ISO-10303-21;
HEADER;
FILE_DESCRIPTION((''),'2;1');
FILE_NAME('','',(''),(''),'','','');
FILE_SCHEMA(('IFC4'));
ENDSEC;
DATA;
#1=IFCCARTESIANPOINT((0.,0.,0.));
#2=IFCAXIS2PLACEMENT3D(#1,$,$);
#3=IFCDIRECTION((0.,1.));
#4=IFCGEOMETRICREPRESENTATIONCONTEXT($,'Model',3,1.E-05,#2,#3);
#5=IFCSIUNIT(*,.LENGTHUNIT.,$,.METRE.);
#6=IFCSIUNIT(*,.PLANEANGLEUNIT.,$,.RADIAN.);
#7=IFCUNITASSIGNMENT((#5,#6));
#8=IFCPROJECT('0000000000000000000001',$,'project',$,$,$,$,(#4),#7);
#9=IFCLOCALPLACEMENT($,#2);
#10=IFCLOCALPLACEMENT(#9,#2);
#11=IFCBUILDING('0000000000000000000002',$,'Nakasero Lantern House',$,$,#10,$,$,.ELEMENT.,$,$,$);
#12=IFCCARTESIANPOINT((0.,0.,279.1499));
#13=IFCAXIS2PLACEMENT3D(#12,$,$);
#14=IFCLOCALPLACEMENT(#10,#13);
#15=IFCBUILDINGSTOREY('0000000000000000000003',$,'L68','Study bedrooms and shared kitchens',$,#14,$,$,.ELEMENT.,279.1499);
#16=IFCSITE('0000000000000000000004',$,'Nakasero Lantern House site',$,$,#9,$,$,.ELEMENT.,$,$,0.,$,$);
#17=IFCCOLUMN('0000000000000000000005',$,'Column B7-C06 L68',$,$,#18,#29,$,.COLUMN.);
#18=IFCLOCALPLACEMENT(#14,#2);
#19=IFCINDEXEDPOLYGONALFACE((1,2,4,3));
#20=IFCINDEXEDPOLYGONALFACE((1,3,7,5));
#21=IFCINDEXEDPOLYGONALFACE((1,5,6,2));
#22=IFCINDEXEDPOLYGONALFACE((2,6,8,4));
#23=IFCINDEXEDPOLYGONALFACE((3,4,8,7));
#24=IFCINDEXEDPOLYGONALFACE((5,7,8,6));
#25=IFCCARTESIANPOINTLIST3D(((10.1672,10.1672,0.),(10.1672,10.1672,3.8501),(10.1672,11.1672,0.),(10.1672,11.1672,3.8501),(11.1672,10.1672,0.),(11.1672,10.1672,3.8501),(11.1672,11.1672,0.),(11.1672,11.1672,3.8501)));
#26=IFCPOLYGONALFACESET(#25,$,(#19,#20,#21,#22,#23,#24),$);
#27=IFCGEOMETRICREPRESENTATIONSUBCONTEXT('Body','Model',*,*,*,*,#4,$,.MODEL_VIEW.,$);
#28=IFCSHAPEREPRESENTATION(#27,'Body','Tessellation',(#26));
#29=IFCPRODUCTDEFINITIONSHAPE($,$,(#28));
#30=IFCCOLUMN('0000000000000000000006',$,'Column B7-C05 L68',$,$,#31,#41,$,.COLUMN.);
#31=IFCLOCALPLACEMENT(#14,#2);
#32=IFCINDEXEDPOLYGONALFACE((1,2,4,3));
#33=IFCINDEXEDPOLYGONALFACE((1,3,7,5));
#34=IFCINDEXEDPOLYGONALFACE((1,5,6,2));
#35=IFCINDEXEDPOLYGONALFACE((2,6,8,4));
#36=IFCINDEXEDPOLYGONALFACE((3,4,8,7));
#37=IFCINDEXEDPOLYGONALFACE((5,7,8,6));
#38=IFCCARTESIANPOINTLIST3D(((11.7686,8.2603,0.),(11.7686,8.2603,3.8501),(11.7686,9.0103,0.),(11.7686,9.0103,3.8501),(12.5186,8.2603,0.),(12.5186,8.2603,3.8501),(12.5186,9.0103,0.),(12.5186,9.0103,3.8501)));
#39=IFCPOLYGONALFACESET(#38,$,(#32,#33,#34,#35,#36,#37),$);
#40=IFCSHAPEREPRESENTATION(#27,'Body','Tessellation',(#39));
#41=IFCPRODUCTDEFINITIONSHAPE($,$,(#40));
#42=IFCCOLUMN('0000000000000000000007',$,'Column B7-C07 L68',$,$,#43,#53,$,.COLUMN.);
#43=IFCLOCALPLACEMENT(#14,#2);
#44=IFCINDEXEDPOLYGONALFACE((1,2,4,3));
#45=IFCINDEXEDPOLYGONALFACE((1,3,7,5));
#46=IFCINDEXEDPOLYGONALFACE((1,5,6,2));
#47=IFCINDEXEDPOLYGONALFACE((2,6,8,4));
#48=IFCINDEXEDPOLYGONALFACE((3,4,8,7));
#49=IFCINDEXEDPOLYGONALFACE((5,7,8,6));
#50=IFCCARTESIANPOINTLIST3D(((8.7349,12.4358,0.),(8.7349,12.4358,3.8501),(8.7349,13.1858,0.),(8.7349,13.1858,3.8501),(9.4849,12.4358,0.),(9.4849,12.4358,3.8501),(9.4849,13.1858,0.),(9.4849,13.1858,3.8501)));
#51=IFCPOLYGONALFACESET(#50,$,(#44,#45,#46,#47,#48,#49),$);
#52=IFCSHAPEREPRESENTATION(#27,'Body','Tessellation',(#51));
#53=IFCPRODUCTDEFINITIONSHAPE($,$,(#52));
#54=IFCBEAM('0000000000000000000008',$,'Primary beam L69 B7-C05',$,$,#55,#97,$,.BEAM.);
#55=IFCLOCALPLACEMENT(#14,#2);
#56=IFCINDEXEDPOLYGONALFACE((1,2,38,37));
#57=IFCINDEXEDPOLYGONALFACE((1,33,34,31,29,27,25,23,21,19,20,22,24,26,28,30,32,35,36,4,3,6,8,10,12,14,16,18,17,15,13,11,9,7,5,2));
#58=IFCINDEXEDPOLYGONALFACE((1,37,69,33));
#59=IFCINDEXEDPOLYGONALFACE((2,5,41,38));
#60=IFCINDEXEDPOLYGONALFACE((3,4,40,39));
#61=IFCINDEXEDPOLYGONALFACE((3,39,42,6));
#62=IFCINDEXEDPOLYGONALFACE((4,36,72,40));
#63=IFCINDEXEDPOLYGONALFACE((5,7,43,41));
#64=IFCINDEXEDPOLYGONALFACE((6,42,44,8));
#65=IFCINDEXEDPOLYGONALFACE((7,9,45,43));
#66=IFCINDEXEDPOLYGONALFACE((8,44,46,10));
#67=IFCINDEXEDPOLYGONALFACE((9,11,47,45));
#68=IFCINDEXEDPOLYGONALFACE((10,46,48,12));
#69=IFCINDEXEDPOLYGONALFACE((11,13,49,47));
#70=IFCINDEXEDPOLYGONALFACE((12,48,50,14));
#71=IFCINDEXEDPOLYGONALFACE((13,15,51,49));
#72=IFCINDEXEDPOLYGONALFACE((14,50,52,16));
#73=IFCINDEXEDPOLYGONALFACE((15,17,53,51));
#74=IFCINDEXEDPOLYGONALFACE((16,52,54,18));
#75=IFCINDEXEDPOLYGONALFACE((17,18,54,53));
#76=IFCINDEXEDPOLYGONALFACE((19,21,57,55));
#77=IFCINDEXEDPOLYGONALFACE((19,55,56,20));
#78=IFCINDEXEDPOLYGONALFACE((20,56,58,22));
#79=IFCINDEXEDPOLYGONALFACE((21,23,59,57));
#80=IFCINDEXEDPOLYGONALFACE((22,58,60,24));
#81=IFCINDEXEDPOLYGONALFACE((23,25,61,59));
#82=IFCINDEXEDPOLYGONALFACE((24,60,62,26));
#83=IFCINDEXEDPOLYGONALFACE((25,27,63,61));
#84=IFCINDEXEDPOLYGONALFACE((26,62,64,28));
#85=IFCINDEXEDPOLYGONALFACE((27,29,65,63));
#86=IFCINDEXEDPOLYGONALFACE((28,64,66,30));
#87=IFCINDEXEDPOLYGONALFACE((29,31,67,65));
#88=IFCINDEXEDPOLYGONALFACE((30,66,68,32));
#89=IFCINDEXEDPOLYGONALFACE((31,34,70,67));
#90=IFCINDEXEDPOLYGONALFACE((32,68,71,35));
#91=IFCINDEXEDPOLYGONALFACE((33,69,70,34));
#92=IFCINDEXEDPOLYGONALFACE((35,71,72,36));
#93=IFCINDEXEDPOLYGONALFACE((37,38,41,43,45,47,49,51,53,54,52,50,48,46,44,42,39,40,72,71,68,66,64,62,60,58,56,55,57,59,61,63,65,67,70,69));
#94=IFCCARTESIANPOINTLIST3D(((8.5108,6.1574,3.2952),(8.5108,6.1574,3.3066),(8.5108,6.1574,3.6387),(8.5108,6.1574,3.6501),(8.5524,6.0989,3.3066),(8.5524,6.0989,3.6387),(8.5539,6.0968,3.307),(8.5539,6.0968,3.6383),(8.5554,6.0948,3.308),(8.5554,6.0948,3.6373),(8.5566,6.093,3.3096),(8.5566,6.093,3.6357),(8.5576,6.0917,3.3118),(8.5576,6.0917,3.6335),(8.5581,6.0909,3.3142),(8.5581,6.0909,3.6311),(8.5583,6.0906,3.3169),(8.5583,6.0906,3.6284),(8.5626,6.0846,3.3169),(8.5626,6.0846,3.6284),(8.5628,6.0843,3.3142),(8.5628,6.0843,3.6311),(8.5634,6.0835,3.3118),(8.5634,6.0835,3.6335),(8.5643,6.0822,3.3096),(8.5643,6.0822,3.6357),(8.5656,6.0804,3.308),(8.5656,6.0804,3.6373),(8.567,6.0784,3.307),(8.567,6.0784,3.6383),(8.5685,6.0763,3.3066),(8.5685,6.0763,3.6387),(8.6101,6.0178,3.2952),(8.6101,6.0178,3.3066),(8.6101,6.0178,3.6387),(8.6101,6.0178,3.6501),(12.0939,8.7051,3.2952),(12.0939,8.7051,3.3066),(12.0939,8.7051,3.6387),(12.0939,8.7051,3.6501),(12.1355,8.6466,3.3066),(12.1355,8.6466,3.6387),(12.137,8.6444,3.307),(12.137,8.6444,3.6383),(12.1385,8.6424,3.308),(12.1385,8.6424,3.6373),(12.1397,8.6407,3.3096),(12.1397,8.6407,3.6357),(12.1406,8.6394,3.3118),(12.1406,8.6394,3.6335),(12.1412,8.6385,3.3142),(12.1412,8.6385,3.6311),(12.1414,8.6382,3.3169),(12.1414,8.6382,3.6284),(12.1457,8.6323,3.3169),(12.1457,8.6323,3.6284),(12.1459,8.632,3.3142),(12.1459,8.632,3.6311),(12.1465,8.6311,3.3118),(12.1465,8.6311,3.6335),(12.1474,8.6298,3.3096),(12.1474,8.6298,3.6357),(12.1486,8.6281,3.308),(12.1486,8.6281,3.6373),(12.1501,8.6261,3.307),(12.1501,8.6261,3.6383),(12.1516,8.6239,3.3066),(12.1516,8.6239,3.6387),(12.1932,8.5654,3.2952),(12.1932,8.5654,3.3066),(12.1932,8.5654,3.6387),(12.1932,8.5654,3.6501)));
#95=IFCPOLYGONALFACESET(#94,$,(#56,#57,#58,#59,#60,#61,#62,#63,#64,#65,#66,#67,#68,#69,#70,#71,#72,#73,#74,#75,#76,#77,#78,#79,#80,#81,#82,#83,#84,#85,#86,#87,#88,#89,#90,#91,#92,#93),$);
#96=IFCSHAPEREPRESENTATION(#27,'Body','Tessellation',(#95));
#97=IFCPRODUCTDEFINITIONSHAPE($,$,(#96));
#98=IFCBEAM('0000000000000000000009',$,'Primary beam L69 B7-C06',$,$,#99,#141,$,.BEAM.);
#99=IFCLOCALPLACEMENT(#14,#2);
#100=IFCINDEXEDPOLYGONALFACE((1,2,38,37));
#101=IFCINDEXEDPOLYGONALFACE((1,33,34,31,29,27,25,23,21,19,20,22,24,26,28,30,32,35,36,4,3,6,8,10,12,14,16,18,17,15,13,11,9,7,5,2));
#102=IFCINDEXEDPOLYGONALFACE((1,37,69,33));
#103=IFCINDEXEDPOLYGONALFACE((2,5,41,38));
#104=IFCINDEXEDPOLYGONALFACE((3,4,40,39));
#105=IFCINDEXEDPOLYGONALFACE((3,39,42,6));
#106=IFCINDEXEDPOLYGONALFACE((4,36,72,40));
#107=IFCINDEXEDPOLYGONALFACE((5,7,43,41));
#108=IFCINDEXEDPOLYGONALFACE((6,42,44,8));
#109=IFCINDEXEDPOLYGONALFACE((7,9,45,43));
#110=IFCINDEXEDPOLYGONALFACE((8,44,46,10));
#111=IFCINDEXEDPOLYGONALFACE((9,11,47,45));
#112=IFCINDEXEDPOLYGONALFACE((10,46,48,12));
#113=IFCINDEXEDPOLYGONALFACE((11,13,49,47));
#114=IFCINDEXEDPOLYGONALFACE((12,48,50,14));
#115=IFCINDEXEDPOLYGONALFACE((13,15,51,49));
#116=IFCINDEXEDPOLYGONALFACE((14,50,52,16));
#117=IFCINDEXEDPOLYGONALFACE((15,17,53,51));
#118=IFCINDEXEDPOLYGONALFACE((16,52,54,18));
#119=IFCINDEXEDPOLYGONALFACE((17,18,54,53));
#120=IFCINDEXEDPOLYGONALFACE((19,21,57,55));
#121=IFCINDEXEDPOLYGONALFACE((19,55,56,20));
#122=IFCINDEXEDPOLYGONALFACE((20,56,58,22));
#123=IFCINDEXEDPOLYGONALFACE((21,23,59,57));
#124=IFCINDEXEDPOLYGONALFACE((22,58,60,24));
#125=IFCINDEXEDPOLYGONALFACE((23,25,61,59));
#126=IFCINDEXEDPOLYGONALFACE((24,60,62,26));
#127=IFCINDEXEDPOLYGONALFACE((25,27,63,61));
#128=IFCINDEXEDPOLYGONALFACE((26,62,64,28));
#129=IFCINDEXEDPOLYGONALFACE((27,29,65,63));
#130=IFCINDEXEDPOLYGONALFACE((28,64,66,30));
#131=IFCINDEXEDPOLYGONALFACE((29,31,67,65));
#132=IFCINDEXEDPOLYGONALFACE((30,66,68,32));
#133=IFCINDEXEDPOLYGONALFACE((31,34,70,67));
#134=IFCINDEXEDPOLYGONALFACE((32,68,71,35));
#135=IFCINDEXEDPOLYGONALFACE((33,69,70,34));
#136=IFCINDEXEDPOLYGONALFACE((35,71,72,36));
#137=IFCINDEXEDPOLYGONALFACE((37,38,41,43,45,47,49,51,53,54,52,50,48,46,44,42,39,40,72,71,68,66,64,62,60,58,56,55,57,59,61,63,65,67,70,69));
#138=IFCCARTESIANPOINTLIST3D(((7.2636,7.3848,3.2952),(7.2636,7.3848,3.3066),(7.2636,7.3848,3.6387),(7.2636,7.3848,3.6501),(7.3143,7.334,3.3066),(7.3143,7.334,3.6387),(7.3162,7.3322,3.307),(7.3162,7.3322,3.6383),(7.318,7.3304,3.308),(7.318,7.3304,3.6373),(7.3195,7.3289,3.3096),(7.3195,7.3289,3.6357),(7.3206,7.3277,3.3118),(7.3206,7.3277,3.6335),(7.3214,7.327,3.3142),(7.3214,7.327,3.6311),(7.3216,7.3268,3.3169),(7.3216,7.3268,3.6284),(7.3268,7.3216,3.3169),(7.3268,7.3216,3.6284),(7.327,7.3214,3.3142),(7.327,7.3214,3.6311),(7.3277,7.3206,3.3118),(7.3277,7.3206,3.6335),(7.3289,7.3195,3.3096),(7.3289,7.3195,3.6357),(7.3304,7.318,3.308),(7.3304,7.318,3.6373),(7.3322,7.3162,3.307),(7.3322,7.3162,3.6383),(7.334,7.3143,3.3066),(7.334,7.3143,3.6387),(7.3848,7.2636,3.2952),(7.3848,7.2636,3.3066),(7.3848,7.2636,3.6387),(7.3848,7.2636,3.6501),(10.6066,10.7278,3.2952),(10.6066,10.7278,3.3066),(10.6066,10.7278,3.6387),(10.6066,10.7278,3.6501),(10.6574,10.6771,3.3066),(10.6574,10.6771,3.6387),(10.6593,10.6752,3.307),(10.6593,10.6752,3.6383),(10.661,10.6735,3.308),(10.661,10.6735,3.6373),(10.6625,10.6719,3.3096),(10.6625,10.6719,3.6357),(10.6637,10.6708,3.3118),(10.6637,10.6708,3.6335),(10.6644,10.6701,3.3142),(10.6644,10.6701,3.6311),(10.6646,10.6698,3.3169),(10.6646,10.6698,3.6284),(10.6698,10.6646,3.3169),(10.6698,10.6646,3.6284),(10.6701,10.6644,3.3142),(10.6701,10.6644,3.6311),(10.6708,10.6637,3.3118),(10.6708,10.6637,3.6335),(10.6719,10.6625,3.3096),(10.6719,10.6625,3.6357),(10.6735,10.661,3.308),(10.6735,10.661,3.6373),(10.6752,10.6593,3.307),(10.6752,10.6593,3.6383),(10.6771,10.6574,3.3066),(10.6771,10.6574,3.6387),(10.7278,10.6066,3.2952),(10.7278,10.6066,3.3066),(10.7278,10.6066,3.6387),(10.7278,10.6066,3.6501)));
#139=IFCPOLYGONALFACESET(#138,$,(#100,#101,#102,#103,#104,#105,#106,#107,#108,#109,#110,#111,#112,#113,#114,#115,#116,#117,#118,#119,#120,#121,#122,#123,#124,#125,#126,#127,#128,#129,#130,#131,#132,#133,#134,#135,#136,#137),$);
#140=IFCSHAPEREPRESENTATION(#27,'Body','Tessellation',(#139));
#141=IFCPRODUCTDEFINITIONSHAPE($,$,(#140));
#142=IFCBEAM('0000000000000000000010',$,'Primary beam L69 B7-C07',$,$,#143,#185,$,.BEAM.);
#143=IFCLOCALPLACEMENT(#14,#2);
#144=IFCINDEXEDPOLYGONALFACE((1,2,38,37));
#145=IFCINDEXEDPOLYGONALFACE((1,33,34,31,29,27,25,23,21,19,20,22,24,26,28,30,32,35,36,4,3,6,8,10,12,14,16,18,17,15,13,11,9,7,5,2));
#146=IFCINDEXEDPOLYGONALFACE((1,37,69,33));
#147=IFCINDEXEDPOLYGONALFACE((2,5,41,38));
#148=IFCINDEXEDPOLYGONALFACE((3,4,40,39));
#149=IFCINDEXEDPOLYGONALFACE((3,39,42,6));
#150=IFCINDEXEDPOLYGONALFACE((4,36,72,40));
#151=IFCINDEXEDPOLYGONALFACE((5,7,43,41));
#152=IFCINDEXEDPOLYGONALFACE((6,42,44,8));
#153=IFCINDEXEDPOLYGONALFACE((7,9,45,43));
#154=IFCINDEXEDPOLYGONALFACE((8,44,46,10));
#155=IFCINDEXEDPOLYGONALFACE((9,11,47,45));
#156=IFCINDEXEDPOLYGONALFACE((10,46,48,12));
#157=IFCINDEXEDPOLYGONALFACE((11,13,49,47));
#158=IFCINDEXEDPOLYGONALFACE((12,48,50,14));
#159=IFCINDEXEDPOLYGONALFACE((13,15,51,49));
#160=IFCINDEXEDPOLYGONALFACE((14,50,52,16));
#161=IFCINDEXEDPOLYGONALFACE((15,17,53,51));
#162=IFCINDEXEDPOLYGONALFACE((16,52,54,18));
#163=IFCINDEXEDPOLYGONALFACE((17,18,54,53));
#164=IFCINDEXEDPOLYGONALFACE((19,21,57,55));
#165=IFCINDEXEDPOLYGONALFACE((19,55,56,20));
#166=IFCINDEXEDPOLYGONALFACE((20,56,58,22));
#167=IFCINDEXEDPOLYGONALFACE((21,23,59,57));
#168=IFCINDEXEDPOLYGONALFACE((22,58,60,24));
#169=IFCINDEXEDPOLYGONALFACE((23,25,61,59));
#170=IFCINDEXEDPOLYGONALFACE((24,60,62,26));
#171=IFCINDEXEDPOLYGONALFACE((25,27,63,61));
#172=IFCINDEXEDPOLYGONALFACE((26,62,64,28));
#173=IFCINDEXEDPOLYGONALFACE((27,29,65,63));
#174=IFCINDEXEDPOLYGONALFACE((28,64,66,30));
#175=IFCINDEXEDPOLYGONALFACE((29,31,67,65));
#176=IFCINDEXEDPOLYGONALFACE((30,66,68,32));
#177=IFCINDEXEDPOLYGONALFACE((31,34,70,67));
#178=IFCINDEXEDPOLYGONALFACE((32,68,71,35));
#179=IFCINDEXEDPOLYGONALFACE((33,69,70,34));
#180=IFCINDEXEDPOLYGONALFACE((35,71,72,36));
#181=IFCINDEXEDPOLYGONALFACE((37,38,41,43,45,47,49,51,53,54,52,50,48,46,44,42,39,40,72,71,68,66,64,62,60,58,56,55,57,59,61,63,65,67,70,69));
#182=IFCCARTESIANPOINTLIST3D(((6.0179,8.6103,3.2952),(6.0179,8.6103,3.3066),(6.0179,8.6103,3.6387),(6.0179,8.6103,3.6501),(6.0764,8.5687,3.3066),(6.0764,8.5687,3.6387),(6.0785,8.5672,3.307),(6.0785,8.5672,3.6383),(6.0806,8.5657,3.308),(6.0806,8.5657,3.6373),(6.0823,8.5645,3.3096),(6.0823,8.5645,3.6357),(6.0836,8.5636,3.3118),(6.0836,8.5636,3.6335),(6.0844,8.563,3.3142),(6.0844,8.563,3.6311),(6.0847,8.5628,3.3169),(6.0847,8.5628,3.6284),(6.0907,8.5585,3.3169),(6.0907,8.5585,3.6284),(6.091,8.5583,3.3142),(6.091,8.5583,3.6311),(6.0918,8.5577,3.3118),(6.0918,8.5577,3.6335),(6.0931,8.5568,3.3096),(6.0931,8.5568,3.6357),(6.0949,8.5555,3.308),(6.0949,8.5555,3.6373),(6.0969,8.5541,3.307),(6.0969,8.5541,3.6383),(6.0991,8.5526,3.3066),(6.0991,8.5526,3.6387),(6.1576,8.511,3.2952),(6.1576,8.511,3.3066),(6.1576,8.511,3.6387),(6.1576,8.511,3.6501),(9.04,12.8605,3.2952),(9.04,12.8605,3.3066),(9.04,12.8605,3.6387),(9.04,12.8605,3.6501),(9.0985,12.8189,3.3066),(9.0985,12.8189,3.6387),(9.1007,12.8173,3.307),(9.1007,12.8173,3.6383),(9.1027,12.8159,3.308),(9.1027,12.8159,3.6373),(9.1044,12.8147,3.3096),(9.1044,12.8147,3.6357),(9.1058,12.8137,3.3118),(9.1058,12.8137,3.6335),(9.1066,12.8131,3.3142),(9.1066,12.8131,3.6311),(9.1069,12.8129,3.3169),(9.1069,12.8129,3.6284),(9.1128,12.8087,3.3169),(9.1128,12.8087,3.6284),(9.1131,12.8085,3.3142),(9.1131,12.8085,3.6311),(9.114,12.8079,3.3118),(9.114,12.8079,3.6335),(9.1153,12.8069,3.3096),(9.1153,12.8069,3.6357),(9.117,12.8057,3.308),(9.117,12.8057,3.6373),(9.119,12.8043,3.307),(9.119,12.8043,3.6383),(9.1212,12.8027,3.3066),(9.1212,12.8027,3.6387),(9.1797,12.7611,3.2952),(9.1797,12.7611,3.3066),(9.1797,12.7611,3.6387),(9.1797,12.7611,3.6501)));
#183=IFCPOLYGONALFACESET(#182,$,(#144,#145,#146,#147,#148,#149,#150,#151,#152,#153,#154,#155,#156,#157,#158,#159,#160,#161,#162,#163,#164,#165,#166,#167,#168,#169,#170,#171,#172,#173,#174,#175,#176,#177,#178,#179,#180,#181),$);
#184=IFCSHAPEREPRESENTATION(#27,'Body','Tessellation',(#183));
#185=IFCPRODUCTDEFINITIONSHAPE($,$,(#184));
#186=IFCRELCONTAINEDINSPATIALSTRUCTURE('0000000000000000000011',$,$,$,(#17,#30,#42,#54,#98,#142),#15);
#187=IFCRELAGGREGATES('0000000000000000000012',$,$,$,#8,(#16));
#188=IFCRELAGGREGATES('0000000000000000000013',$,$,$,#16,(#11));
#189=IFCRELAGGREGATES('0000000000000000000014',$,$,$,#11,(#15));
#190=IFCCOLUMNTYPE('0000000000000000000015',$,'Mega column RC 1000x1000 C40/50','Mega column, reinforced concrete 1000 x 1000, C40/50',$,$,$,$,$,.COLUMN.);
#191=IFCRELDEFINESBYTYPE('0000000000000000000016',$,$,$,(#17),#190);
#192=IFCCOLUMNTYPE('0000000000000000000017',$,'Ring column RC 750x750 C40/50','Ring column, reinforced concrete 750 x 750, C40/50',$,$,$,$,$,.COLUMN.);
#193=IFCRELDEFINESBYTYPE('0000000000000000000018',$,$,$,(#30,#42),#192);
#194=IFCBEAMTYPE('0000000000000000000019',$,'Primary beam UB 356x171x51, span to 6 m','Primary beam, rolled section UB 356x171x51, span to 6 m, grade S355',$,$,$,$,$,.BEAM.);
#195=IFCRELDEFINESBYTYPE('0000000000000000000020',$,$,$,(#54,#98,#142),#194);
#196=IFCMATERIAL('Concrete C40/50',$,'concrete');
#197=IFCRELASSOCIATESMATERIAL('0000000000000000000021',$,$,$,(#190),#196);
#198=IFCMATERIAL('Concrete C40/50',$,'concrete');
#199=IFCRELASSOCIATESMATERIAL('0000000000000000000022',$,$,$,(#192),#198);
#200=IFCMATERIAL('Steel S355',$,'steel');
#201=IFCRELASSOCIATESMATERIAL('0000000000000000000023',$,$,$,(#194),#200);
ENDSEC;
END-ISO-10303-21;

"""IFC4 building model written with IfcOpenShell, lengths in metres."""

from ifc_helpers import new_model, si_unit, direction, frame, origin, origin_2d, place, context, subcontext, project, spatial, rectangle, i_section, extrude, material, material_profile, profile_set, type_object, element, save


model = new_model("IFC4")

# Units and contexts
model_context = context("Model", 3, precision=1e-05, world=origin(), true_north=direction((0.0, 1.0)))
body_context = subcontext(model_context, "Body", "Model", "MODEL_VIEW")
ifc_project = project(units=[si_unit("LENGTHUNIT", "METRE"), si_unit("PLANEANGLEUNIT", "RADIAN")], contexts=[model_context])

# Site, building, storey
site_placement = place(None, origin())
site = spatial("IfcSite", under=ifc_project, at=site_placement, Name="Nakasero Lantern House site", CompositionType="ELEMENT", RefElevation=0.0)
building_placement = place(site_placement, origin())
building = spatial("IfcBuilding", under=site, at=building_placement, Name="Nakasero Lantern House", CompositionType="ELEMENT")
storey_placement = place(building_placement, frame((0.0, 0.0, 279.1499)))
storey = spatial("IfcBuildingStorey", under=building, at=storey_placement, Name="L68", Description="Study bedrooms and shared kitchens", CompositionType="ELEMENT", Elevation=279.1499)

# Columns
ifc_material_1 = material(Name="Concrete C40/50", Category="concrete")
ifc_material_profile_1 = material_profile(ifc_material_1, rectangle(XDim=1.0, YDim=1.0, at=origin_2d()), Name="RC 1000x1000")
ifc_profile_set_1 = profile_set([ifc_material_profile_1], Name="Concrete C40/50")
column_type_1 = type_object("IfcColumnType", Name="Mega column RC 1000x1000 C40/50", Description="Mega column, reinforced concrete 1000 x 1000, C40/50", PredefinedType="COLUMN", material=ifc_profile_set_1)
column_placement = place(storey_placement, frame((10.6672, 10.6672, 0.0), z_axis=(0.0, 0.0, 1.0), x_axis=(1.0, 0.0, 0.0)))
element("IfcColumn", 1, at=column_placement, inside=storey, type_object=column_type_1, Name="Column B7-C06 L68", PredefinedType="COLUMN", context=body_context, shape_type="SweptSolid", body=[
    extrude(rectangle(XDim=1.0, YDim=1.0, at=origin_2d()), origin(), (0.0, 0.0, 1.0), 3.8501),
])
ifc_material_2 = material(Name="Concrete C40/50", Category="concrete")
ifc_material_profile_2 = material_profile(ifc_material_2, rectangle(XDim=0.75, YDim=0.75, at=origin_2d()), Name="RC 750x750")
ifc_profile_set_2 = profile_set([ifc_material_profile_2], Name="Concrete C40/50")
column_type_2 = type_object("IfcColumnType", Name="Ring column RC 750x750 C40/50", Description="Ring column, reinforced concrete 750 x 750, C40/50", PredefinedType="COLUMN", material=ifc_profile_set_2)
for number, where, z_axis, x_axis, name in (
    (2, (12.1436, 8.6353, 0.0), (0.0, 0.0, 1.0), (1.0, 0.0, 0.0), "Column B7-C05 L68"),
    (3, (9.1099, 12.8108, 0.0), (0.0, 0.0, 1.0), (1.0, 0.0, 0.0), "Column B7-C07 L68"),
):
    element("IfcColumn", number, at=place(storey_placement, frame(where, z_axis=z_axis, x_axis=x_axis)), inside=storey, type_object=column_type_2, Name=name, PredefinedType="COLUMN", context=body_context, shape_type="SweptSolid", body=[
        extrude(rectangle(XDim=0.75, YDim=0.75, at=origin_2d()), origin(), (0.0, 0.0, 1.0), 3.8501),
    ])

# Beams
ifc_material_3 = material(Name="Steel S355", Category="steel")
ifc_material_profile_3 = material_profile(ifc_material_3, i_section(OverallWidth=0.1714, OverallDepth=0.355, WebThickness=0.0073, FlangeThickness=0.0115, FilletRadius=0.0103, at=origin_2d()), Name="UB 356x171x51")
ifc_profile_set_3 = profile_set([ifc_material_profile_3], Name="Steel S355")
beam_type_1 = type_object("IfcBeamType", Name="Primary beam UB 356x171x51, span to 6 m", Description="Primary beam, rolled section UB 356x171x51, span to 6 m, grade S355", PredefinedType="BEAM", material=ifc_profile_set_3)
beam_1_placement = place(storey_placement, frame((12.1436, 8.6353, 3.4727), z_axis=(-0.814989, -0.579477, 0.0), x_axis=(0.579477, -0.814989, 0.0)))
element("IfcBeam", 4, at=beam_1_placement, inside=storey, type_object=beam_type_1, Name="Primary beam L69 B7-C05", PredefinedType="BEAM", context=body_context, shape_type="SweptSolid", body=[
    extrude(i_section(OverallWidth=0.1714, OverallDepth=0.355, WebThickness=0.0073, FlangeThickness=0.0115, FilletRadius=0.0103, at=origin_2d()), origin(), (0.0, 0.0, 1.0), 4.3965),
])
beam_2_placement = place(storey_placement, frame((10.6672, 10.6672, 3.4727), z_axis=(-0.707107, -0.707107, 0.0), x_axis=(0.707107, -0.707107, 0.0)))
element("IfcBeam", 5, at=beam_2_placement, inside=storey, type_object=beam_type_1, Name="Primary beam L69 B7-C06", PredefinedType="BEAM", context=body_context, shape_type="SweptSolid", body=[
    extrude(i_section(OverallWidth=0.1714, OverallDepth=0.355, WebThickness=0.0073, FlangeThickness=0.0115, FilletRadius=0.0103, at=origin_2d()), origin(), (0.0, 0.0, 1.0), 4.7278),
])
beam_3_placement = place(storey_placement, frame((9.1099, 12.8108, 3.4727), z_axis=(-0.579501, -0.814972, 0.0), x_axis=(0.814972, -0.579501, 0.0)))
element("IfcBeam", 6, at=beam_3_placement, inside=storey, type_object=beam_type_1, Name="Primary beam L69 B7-C07", PredefinedType="BEAM", context=body_context, shape_type="SweptSolid", body=[
    extrude(i_section(OverallWidth=0.1714, OverallDepth=0.355, WebThickness=0.0073, FlangeThickness=0.0115, FilletRadius=0.0103, at=origin_2d()), origin(), (0.0, 0.0, 1.0), 5.2151),
])

save(model, "model.ifc")
